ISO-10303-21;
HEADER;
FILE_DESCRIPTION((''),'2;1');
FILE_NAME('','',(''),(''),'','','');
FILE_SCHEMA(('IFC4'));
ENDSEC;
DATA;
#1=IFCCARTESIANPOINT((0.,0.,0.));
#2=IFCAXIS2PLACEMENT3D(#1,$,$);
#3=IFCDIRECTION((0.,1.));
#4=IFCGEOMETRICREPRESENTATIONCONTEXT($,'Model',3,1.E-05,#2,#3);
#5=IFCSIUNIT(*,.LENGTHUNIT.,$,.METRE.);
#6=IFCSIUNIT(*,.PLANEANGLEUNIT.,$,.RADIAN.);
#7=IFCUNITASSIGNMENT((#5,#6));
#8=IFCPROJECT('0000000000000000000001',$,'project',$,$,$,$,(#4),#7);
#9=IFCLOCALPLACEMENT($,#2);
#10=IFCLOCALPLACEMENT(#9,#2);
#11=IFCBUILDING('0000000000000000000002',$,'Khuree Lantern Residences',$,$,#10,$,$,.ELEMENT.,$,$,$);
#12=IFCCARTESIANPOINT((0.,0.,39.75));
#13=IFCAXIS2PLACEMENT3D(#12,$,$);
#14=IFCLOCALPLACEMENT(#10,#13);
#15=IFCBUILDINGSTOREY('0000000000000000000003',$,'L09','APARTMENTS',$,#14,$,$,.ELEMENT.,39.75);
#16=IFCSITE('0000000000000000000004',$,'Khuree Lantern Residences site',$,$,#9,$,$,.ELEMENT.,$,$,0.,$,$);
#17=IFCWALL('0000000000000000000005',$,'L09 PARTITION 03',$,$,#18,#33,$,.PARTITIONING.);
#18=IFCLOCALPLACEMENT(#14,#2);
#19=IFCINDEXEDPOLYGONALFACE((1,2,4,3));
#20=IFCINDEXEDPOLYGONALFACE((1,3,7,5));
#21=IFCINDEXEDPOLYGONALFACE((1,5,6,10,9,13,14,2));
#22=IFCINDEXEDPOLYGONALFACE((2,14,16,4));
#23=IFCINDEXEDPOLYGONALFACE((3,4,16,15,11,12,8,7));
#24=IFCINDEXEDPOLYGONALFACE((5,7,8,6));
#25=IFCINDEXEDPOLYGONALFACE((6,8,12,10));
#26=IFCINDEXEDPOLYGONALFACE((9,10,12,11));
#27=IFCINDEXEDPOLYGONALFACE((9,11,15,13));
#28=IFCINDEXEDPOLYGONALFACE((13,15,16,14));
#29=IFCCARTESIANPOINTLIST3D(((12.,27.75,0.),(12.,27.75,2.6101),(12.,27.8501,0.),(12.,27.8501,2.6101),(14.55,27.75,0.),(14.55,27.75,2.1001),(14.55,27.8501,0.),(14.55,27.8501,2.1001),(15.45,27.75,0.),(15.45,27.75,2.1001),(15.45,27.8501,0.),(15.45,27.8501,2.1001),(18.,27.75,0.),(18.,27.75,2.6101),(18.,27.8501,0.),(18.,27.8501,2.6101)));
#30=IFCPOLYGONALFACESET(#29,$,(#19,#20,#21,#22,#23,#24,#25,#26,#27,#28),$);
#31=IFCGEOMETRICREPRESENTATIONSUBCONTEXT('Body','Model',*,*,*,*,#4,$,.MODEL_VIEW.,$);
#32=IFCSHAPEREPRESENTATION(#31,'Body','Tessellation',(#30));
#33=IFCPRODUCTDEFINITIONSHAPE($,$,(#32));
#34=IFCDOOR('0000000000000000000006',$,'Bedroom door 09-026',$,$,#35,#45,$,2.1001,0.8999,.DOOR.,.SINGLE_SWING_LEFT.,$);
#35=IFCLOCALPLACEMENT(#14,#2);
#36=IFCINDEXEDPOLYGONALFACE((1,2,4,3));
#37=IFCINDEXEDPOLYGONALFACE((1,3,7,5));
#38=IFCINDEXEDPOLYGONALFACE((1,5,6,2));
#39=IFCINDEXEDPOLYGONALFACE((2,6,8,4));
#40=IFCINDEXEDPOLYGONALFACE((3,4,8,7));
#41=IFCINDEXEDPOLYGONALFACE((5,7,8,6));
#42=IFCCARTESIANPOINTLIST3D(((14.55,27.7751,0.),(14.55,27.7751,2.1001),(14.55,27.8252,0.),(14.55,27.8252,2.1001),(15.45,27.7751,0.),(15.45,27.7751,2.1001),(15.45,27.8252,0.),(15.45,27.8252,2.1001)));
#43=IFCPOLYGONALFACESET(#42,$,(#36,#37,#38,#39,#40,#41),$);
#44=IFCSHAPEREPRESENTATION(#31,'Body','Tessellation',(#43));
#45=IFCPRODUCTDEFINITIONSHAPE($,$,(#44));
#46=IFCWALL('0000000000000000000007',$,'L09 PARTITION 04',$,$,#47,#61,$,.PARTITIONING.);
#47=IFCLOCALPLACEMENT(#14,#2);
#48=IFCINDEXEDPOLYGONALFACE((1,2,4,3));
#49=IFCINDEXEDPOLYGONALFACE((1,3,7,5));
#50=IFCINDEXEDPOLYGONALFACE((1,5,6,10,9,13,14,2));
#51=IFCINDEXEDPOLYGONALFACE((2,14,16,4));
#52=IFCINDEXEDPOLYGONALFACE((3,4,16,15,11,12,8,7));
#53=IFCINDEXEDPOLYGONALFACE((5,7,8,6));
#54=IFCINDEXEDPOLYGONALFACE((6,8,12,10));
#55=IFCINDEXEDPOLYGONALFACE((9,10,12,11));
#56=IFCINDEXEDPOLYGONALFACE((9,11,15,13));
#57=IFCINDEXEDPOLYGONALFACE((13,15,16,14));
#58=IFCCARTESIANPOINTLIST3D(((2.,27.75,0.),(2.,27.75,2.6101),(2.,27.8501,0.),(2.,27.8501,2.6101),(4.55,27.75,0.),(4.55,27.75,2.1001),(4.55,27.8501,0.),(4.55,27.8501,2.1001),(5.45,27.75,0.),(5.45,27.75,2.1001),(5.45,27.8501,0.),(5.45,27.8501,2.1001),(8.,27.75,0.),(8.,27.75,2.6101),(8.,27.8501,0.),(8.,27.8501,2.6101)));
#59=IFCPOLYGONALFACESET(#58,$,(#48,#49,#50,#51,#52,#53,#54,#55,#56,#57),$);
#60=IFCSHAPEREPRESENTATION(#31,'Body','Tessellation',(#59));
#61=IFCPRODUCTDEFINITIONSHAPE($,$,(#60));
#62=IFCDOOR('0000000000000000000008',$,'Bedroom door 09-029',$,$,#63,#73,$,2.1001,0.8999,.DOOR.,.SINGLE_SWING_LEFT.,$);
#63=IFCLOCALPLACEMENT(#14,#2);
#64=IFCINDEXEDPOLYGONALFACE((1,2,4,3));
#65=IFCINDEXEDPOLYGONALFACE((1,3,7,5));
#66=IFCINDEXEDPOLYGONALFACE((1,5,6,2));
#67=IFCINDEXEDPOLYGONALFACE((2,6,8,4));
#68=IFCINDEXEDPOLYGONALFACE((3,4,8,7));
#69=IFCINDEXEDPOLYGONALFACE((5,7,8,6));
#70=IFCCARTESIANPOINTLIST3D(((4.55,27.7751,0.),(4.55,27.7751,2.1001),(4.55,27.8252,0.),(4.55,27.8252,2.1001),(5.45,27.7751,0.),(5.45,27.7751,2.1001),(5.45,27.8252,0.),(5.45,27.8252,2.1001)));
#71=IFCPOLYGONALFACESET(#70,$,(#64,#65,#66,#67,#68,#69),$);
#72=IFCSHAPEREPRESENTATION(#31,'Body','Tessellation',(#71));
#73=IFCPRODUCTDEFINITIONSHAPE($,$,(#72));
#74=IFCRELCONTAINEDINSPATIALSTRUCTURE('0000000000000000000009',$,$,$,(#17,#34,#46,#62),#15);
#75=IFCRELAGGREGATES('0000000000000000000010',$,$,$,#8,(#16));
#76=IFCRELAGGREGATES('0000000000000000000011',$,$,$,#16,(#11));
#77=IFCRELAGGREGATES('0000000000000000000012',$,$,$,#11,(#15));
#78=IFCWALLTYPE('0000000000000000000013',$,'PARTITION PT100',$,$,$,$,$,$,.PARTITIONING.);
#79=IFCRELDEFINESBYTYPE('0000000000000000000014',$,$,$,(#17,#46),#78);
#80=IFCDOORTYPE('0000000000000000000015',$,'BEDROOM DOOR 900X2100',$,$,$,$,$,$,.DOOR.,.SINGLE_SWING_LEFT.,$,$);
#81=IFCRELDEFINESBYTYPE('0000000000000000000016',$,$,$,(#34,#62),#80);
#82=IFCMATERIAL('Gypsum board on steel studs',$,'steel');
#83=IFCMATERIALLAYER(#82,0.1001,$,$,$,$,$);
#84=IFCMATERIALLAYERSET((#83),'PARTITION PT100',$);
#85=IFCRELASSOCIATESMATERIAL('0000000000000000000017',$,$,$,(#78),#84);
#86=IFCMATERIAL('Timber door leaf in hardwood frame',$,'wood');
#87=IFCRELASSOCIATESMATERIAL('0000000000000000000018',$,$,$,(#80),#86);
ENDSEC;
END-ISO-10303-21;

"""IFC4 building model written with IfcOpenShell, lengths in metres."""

from ifc_helpers import new_model, si_unit, direction, frame, frame_2d, origin, place, context, subcontext, project, spatial, rectangle, extrude, material, layer, layer_set, type_object, element, fill, save


model = new_model("IFC4")

# Units and contexts
model_context = context("Model", 3, precision=1e-05, world=origin(), true_north=direction((0.0, 1.0)))
body_context = subcontext(model_context, "Body", "Model", "MODEL_VIEW")
ifc_project = project(units=[si_unit("LENGTHUNIT", "METRE"), si_unit("PLANEANGLEUNIT", "RADIAN")], contexts=[model_context])

# Site, building, storey
site_placement = place(None, origin())
site = spatial("IfcSite", under=ifc_project, at=site_placement, Name="Khuree Lantern Residences site", CompositionType="ELEMENT", RefElevation=0.0)
building_placement = place(site_placement, origin())
building = spatial("IfcBuilding", under=site, at=building_placement, Name="Khuree Lantern Residences", CompositionType="ELEMENT")
storey_placement = place(building_placement, frame((0.0, 0.0, 39.75)))
storey = spatial("IfcBuildingStorey", under=building, at=storey_placement, Name="L09", Description="APARTMENTS", CompositionType="ELEMENT", Elevation=39.75)

# Shared definitions
ifc_material_1 = material(Name="Timber door leaf in hardwood frame", Category="wood")

# Shared definitions
ifc_material_2 = material(Name="Gypsum board on steel studs", Category="steel")
ifc_layer_1 = layer(ifc_material_2, 0.1001)
ifc_layer_set_1 = layer_set([ifc_layer_1], Name="PARTITION PT100")
wall_type_1 = type_object("IfcWallType", Name="PARTITION PT100", PredefinedType="PARTITIONING", material=ifc_layer_set_1)

# Walls, openings, doors
wall_1_placement = place(storey_placement, frame((18.0, 27.8, 0.0), z_axis=(0.0, 0.0, 1.0), x_axis=(-1.0, 0.0, 0.0)))
wall_1 = element("IfcWall", 1, at=wall_1_placement, inside=storey, type_object=wall_type_1, Name="L09 PARTITION 03", PredefinedType="PARTITIONING", context=body_context, shape_type="SweptSolid", body=[
    extrude(rectangle(XDim=6.0, YDim=0.1001, at=frame_2d((3.0, 0.0))), origin(), (0.0, 0.0, 1.0), 2.6101),
])
opening_1_placement = place(wall_1_placement, frame((2.55, 0.0, 0.0)))
opening_1 = element("IfcOpeningElement", 2, at=opening_1_placement, cuts=wall_1, PredefinedType="OPENING", context=body_context, shape_type="SweptSolid", body=[
    extrude(rectangle(XDim=0.8999, YDim=2.1001, at=frame_2d((0.45, 1.05))), frame((0.0, 0.0601, 0.0), z_axis=(0.0, -1.0, 0.0), x_axis=(1.0, 0.0, 0.0)), (0.0, 0.0, 1.0), 0.1201),
])
door_type_1 = type_object("IfcDoorType", Name="BEDROOM DOOR 900X2100", OperationType="SINGLE_SWING_LEFT", PredefinedType="DOOR", material=ifc_material_1)
door_1_placement = place(opening_1_placement, origin())
door_1 = element("IfcDoor", 3, at=door_1_placement, inside=storey, type_object=door_type_1, Name="Bedroom door 09-026", OperationType="SINGLE_SWING_LEFT", OverallHeight=2.1001, OverallWidth=0.8999, PredefinedType="DOOR", context=body_context, shape_type="SweptSolid", body=[
    extrude(rectangle(XDim=0.8999, YDim=2.1001, at=frame_2d((0.45, 1.05))), frame((0.0, 0.0249, 0.0), z_axis=(0.0, -1.0, 0.0), x_axis=(1.0, 0.0, 0.0)), (0.0, 0.0, 1.0), 0.05),
])
fill(opening_1, door_1)
wall_2_placement = place(storey_placement, frame((8.0, 27.8, 0.0), z_axis=(0.0, 0.0, 1.0), x_axis=(-1.0, 0.0, 0.0)))
wall_2 = element("IfcWall", 4, at=wall_2_placement, inside=storey, type_object=wall_type_1, Name="L09 PARTITION 04", PredefinedType="PARTITIONING", context=body_context, shape_type="SweptSolid", body=[
    extrude(rectangle(XDim=6.0, YDim=0.1001, at=frame_2d((3.0, 0.0))), origin(), (0.0, 0.0, 1.0), 2.6101),
])
opening_2_placement = place(wall_2_placement, frame((2.55, 0.0, 0.0)))
opening_2 = element("IfcOpeningElement", 5, at=opening_2_placement, cuts=wall_2, PredefinedType="OPENING", context=body_context, shape_type="SweptSolid", body=[
    extrude(rectangle(XDim=0.8999, YDim=2.1001, at=frame_2d((0.45, 1.05))), frame((0.0, 0.0601, 0.0), z_axis=(0.0, -1.0, 0.0), x_axis=(1.0, 0.0, 0.0)), (0.0, 0.0, 1.0), 0.1201),
])
door_2_placement = place(opening_2_placement, origin())
door_2 = element("IfcDoor", 6, at=door_2_placement, inside=storey, type_object=door_type_1, Name="Bedroom door 09-029", OperationType="SINGLE_SWING_LEFT", OverallHeight=2.1001, OverallWidth=0.8999, PredefinedType="DOOR", context=body_context, shape_type="SweptSolid", body=[
    extrude(rectangle(XDim=0.8999, YDim=2.1001, at=frame_2d((0.45, 1.05))), frame((0.0, 0.0249, 0.0), z_axis=(0.0, -1.0, 0.0), x_axis=(1.0, 0.0, 0.0)), (0.0, 0.0, 1.0), 0.05),
])
fill(opening_2, door_2)

save(model, "model.ifc")
